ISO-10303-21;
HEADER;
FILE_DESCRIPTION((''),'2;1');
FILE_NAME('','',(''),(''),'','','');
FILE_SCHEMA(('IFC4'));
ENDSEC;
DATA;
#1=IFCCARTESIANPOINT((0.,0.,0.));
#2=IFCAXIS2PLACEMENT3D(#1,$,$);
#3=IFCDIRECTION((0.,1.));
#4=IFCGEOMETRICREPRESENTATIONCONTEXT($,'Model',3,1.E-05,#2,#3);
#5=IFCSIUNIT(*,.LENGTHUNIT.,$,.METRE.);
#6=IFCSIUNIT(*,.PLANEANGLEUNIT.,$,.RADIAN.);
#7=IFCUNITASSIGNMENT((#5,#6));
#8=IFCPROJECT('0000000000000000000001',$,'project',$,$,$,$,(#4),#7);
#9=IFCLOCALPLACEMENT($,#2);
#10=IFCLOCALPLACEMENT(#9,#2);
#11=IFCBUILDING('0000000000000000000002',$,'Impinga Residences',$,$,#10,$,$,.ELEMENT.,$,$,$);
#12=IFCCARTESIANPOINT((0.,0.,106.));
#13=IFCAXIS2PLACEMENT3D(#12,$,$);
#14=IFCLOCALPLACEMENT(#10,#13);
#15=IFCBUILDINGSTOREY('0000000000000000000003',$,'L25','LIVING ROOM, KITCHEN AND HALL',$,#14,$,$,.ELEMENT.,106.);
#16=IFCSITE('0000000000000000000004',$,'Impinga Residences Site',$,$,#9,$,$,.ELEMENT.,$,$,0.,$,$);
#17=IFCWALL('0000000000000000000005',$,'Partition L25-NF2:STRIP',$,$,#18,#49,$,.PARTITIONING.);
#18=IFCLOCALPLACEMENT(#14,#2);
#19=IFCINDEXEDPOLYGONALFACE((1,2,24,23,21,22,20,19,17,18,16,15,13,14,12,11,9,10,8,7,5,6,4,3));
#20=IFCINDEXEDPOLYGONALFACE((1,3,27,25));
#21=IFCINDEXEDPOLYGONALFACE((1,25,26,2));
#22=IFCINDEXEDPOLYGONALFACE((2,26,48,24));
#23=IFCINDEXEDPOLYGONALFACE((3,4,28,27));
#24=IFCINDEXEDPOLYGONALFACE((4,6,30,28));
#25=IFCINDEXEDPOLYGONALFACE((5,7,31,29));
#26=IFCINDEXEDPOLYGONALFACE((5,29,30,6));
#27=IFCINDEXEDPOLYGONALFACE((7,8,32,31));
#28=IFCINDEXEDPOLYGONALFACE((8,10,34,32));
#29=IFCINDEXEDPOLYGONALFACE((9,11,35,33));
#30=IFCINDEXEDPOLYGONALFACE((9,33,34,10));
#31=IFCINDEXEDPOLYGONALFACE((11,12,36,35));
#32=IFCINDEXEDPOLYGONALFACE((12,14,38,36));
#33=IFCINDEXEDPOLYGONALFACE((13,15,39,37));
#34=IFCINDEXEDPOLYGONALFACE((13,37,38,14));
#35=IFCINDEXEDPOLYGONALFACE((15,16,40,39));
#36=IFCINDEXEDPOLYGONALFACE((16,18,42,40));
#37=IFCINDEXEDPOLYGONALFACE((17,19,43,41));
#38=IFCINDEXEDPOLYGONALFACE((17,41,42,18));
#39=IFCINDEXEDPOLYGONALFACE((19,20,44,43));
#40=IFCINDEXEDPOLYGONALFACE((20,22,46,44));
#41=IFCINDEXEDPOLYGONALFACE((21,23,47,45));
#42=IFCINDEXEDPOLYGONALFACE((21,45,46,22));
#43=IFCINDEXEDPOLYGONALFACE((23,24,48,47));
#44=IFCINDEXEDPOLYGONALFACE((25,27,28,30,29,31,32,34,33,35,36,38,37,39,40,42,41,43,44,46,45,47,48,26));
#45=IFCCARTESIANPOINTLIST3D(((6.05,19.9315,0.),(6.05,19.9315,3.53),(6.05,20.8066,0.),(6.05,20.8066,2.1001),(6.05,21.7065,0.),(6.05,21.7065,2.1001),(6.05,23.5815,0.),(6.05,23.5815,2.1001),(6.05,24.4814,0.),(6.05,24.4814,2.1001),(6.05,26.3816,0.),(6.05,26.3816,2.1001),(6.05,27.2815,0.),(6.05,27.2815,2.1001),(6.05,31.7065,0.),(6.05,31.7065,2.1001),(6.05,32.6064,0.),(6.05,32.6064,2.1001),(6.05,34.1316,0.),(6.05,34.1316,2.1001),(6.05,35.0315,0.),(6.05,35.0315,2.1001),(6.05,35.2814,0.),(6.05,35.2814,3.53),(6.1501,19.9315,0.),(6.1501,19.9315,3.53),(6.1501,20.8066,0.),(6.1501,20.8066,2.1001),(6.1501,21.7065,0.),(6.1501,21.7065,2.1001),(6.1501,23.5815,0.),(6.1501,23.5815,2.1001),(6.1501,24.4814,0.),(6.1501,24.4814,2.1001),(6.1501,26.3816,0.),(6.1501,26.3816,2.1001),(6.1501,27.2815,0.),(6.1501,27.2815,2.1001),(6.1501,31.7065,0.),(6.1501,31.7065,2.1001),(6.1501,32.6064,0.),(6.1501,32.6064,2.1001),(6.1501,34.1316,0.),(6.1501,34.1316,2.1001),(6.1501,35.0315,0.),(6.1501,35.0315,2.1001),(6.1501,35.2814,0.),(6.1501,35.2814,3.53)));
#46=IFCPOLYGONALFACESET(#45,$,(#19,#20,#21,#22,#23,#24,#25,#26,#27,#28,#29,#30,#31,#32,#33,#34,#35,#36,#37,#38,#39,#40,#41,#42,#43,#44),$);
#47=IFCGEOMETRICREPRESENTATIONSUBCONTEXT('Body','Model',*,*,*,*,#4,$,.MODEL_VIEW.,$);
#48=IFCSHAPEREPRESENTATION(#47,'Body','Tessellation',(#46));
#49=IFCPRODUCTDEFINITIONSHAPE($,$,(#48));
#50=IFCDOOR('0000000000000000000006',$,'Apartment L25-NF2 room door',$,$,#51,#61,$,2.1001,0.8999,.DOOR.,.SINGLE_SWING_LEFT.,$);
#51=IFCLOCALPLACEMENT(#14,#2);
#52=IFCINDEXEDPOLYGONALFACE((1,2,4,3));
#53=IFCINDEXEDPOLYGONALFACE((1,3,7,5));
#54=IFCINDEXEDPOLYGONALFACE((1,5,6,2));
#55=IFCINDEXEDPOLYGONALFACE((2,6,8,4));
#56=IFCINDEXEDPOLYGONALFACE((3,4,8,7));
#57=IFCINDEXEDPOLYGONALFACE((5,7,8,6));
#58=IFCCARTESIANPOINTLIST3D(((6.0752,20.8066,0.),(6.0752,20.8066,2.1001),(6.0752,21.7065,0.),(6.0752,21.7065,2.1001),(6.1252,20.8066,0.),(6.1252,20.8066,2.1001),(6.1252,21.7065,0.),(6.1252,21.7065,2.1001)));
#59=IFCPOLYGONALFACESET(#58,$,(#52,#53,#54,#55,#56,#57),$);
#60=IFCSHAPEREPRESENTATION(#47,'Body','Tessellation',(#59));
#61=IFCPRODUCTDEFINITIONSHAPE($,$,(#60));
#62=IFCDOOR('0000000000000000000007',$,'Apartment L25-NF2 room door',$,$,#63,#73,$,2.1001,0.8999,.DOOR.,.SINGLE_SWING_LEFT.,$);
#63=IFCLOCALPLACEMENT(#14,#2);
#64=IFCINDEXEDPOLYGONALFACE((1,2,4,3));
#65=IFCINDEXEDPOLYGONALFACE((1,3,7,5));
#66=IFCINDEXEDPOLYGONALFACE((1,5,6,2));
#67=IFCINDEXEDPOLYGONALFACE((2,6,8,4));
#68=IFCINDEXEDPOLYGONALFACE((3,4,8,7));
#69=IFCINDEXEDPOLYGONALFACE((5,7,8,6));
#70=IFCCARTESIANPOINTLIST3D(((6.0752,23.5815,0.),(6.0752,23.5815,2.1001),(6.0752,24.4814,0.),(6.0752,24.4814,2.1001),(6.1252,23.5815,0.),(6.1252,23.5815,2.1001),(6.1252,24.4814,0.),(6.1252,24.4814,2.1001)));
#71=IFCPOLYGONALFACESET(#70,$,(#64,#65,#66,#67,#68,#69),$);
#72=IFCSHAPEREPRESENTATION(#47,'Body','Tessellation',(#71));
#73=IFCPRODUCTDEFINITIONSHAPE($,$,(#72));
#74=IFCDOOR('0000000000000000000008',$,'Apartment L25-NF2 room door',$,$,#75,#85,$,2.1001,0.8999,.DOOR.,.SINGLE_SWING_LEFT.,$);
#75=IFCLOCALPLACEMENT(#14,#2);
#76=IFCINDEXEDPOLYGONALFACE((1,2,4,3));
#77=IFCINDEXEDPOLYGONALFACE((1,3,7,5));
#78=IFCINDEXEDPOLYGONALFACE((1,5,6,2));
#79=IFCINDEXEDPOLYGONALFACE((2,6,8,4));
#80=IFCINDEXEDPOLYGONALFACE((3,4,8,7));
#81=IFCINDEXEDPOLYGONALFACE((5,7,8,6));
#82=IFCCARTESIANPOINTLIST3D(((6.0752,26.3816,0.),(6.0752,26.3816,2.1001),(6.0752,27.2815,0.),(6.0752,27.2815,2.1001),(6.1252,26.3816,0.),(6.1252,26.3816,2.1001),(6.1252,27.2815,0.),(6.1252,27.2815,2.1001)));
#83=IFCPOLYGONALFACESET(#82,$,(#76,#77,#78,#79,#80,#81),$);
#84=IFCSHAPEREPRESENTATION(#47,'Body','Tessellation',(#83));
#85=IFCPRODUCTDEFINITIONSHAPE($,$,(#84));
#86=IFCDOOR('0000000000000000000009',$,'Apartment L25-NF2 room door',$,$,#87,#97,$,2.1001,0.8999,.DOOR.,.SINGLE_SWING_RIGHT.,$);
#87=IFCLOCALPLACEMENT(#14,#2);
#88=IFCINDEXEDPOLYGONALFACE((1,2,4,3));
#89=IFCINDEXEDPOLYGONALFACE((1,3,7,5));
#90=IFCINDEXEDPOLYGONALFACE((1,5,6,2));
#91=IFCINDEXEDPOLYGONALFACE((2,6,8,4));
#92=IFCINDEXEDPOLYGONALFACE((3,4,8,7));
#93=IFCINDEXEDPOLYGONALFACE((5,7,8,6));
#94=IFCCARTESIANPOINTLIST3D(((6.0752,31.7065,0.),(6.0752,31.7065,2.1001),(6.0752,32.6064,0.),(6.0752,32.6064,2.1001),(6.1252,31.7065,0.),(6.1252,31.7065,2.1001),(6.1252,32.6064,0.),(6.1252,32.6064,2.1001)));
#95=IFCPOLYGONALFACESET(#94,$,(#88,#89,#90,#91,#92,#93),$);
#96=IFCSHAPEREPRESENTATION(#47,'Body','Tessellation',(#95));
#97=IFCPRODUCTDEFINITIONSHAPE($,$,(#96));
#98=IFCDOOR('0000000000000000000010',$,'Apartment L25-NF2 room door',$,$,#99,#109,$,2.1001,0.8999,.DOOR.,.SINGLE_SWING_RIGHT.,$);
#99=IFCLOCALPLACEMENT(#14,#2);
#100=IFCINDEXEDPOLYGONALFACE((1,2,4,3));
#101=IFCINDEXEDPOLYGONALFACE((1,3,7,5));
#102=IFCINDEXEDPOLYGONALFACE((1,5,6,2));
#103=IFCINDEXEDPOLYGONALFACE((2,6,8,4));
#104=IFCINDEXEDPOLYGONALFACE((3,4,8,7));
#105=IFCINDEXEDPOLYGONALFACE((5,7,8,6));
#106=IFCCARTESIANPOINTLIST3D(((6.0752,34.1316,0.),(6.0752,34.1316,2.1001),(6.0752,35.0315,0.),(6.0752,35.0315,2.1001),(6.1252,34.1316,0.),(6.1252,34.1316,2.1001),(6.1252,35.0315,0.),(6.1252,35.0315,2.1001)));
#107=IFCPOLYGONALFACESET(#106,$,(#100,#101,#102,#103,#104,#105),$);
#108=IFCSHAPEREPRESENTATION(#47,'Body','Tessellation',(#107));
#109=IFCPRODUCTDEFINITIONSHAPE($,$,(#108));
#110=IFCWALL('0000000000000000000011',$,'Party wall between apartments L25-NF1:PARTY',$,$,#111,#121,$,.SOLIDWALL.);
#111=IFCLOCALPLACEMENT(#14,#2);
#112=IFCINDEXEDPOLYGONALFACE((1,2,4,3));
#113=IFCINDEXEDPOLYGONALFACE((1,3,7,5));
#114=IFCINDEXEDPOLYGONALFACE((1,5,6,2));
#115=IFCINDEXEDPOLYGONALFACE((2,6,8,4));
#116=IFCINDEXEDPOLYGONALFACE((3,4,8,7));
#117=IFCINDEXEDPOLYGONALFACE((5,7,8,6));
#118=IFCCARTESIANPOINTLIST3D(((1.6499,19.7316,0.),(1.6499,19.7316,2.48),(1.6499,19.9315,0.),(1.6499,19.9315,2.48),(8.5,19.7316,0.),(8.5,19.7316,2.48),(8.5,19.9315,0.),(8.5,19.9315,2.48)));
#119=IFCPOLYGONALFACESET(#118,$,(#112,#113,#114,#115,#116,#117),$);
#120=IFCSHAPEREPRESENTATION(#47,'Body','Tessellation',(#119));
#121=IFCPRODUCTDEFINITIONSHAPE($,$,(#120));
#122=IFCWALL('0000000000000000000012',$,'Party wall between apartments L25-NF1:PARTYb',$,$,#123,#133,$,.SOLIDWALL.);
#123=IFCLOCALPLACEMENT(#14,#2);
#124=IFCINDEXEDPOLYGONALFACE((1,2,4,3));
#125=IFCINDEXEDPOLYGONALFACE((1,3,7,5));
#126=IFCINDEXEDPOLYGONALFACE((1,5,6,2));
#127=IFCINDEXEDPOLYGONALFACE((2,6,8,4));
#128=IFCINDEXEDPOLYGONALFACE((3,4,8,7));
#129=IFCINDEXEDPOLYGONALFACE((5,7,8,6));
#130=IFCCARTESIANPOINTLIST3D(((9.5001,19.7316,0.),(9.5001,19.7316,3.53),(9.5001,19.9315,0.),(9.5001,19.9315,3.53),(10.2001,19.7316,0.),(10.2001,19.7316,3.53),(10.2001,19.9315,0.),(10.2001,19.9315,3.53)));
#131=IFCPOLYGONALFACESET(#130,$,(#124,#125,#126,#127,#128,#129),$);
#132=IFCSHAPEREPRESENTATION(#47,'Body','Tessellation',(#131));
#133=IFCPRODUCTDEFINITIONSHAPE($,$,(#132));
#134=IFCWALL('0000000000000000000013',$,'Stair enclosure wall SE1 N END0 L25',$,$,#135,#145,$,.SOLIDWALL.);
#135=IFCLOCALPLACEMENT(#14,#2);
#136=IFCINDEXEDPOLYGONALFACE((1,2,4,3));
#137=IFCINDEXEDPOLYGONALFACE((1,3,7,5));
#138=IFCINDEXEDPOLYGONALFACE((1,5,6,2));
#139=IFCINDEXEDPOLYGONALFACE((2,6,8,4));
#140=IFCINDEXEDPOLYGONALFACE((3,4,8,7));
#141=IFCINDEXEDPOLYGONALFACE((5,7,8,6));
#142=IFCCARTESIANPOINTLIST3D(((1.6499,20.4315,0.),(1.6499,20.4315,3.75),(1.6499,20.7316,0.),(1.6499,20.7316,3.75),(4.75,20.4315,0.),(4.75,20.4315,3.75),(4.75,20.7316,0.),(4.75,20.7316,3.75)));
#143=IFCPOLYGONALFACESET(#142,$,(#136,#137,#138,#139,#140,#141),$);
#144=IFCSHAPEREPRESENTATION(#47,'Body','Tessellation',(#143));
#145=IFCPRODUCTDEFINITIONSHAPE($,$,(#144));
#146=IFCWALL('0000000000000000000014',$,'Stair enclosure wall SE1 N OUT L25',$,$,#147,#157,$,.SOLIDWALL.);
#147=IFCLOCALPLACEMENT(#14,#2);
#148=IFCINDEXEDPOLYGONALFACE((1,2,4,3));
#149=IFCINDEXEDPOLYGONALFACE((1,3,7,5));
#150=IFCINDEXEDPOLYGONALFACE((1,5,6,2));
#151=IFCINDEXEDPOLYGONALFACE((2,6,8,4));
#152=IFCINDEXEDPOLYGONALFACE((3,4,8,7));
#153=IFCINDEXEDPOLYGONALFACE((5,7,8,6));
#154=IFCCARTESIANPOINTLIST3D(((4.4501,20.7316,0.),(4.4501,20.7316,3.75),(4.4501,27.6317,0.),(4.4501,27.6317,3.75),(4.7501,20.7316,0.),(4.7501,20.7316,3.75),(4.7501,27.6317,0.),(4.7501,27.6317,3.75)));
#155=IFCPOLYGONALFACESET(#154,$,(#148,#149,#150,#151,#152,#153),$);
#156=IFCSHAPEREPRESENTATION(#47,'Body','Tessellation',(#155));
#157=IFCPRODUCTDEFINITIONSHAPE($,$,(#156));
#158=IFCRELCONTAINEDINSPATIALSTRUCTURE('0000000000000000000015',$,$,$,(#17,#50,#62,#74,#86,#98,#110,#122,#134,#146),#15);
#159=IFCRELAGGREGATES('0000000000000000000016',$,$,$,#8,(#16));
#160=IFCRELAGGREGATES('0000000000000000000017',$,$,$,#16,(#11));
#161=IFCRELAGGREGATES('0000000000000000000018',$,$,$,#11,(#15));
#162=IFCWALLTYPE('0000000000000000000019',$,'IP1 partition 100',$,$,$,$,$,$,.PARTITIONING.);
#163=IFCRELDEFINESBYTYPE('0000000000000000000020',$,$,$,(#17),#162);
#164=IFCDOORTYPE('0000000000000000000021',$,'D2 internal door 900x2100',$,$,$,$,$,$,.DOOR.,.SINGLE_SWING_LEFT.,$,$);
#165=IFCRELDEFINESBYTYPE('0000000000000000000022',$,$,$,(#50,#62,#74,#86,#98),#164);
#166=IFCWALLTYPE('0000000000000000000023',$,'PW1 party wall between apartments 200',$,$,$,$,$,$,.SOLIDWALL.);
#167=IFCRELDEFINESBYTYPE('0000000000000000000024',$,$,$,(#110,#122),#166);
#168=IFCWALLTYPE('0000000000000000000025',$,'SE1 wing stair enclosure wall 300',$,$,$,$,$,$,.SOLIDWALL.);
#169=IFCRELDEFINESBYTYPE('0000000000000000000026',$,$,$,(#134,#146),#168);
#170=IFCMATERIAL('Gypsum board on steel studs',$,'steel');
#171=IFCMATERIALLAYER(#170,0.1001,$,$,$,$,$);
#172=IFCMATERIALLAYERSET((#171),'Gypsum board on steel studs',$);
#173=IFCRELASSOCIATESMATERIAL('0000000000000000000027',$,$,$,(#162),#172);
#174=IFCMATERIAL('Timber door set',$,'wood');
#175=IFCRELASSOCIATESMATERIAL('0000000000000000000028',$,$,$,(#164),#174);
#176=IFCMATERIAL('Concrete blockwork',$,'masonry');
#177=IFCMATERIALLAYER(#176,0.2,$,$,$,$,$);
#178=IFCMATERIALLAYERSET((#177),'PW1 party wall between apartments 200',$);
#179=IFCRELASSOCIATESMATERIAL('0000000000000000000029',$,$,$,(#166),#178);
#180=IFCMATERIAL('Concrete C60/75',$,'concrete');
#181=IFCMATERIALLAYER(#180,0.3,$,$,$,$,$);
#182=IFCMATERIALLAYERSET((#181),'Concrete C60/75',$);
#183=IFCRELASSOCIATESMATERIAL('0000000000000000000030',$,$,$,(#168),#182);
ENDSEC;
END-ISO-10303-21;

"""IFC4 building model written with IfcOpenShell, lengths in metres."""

from ifc_helpers import new_model, si_unit, direction, frame, frame_2d, origin, place, context, subcontext, project, spatial, rectangle, extrude, material, layer, layer_set, type_object, element, fill, save


model = new_model("IFC4")

# Units and contexts
model_context = context("Model", 3, precision=1e-05, world=origin(), true_north=direction((0.0, 1.0)))
body_context = subcontext(model_context, "Body", "Model", "MODEL_VIEW")
ifc_project = project(units=[si_unit("LENGTHUNIT", "METRE"), si_unit("PLANEANGLEUNIT", "RADIAN")], contexts=[model_context])

# Site, building, storey
site_placement = place(None, origin())
site = spatial("IfcSite", under=ifc_project, at=site_placement, Name="Impinga Residences Site", CompositionType="ELEMENT", RefElevation=0.0)
building_placement = place(site_placement, origin())
building = spatial("IfcBuilding", under=site, at=building_placement, Name="Impinga Residences", CompositionType="ELEMENT")
storey_placement = place(building_placement, frame((0.0, 0.0, 106.0)))
storey = spatial("IfcBuildingStorey", under=building, at=storey_placement, Name="L25", Description="LIVING ROOM, KITCHEN AND HALL", CompositionType="ELEMENT", Elevation=106.0)

# Shared definitions
ifc_material_1 = material(Name="Concrete C60/75", Category="concrete")

# Shared definitions
ifc_material_2 = material(Name="Gypsum board on steel studs", Category="steel")
ifc_layer_1 = layer(ifc_material_2, 0.1001)
ifc_layer_set_1 = layer_set([ifc_layer_1], Name="Gypsum board on steel studs")
wall_type_1 = type_object("IfcWallType", Name="IP1 partition 100", PredefinedType="PARTITIONING", material=ifc_layer_set_1)

# Wall, openings, doors
wall_1_placement = place(storey_placement, frame((6.1001, 19.9316, 0.0), z_axis=(0.0, 0.0, 1.0), x_axis=(0.0, 1.0, 0.0)))
wall_1 = element("IfcWall", 1, at=wall_1_placement, inside=storey, type_object=wall_type_1, Name="Partition L25-NF2:STRIP", PredefinedType="PARTITIONING", context=body_context, shape_type="SweptSolid", body=[
    extrude(rectangle(XDim=15.3499, YDim=0.1001, at=frame_2d((7.6748, 0.0))), origin(), (0.0, 0.0, 1.0), 3.53),
])
opening_1_placement = place(wall_1_placement, frame((0.875, 0.0, 0.0)))
opening_1 = element("IfcOpeningElement", 2, at=opening_1_placement, cuts=wall_1, PredefinedType="OPENING", context=body_context, shape_type="SweptSolid", body=[
    extrude(rectangle(XDim=0.8999, YDim=2.1001, at=frame_2d((0.45, 1.05))), frame((0.0, 0.0601, 0.0), z_axis=(0.0, -1.0, 0.0), x_axis=(1.0, 0.0, 0.0)), (0.0, 0.0, 1.0), 0.1201),
])
opening_2_placement = place(wall_1_placement, frame((3.6499, 0.0, 0.0)))
opening_2 = element("IfcOpeningElement", 3, at=opening_2_placement, cuts=wall_1, PredefinedType="OPENING", context=body_context, shape_type="SweptSolid", body=[
    extrude(rectangle(XDim=0.8999, YDim=2.1001, at=frame_2d((0.45, 1.05))), frame((0.0, 0.0601, 0.0), z_axis=(0.0, -1.0, 0.0), x_axis=(1.0, 0.0, 0.0)), (0.0, 0.0, 1.0), 0.1201),
])
opening_3_placement = place(wall_1_placement, frame((6.45, 0.0, 0.0)))
opening_3 = element("IfcOpeningElement", 4, at=opening_3_placement, cuts=wall_1, PredefinedType="OPENING", context=body_context, shape_type="SweptSolid", body=[
    extrude(rectangle(XDim=0.8999, YDim=2.1001, at=frame_2d((0.45, 1.05))), frame((0.0, 0.0601, 0.0), z_axis=(0.0, -1.0, 0.0), x_axis=(1.0, 0.0, 0.0)), (0.0, 0.0, 1.0), 0.1201),
])
opening_4_placement = place(wall_1_placement, frame((11.7749, 0.0, 0.0)))
opening_4 = element("IfcOpeningElement", 5, at=opening_4_placement, cuts=wall_1, PredefinedType="OPENING", context=body_context, shape_type="SweptSolid", body=[
    extrude(rectangle(XDim=0.8999, YDim=2.1001, at=frame_2d((0.45, 1.05))), frame((0.0, 0.0601, 0.0), z_axis=(0.0, -1.0, 0.0), x_axis=(1.0, 0.0, 0.0)), (0.0, 0.0, 1.0), 0.1201),
])
opening_5_placement = place(wall_1_placement, frame((14.2, 0.0, 0.0)))
opening_5 = element("IfcOpeningElement", 6, at=opening_5_placement, cuts=wall_1, PredefinedType="OPENING", context=body_context, shape_type="SweptSolid", body=[
    extrude(rectangle(XDim=0.8999, YDim=2.1001, at=frame_2d((0.45, 1.05))), frame((0.0, 0.0601, 0.0), z_axis=(0.0, -1.0, 0.0), x_axis=(1.0, 0.0, 0.0)), (0.0, 0.0, 1.0), 0.1201),
])
ifc_material_3 = material(Name="Timber door set", Category="wood")
door_type = type_object("IfcDoorType", Name="D2 internal door 900x2100", OperationType="SINGLE_SWING_LEFT", PredefinedType="DOOR", material=ifc_material_3)
door_1_placement = place(opening_1_placement, origin())
door_1 = element("IfcDoor", 7, at=door_1_placement, inside=storey, type_object=door_type, Name="Apartment L25-NF2 room door", OperationType="SINGLE_SWING_LEFT", OverallHeight=2.1001, OverallWidth=0.8999, PredefinedType="DOOR", context=body_context, shape_type="SweptSolid", body=[
    extrude(rectangle(XDim=0.8999, YDim=2.1001, at=frame_2d((0.45, 1.05))), frame((0.0, 0.0249, 0.0), z_axis=(0.0, -1.0, 0.0), x_axis=(1.0, 0.0, 0.0)), (0.0, 0.0, 1.0), 0.05),
])
fill(opening_1, door_1)
door_2_placement = place(opening_2_placement, origin())
door_2 = element("IfcDoor", 8, at=door_2_placement, inside=storey, type_object=door_type, Name="Apartment L25-NF2 room door", OperationType="SINGLE_SWING_LEFT", OverallHeight=2.1001, OverallWidth=0.8999, PredefinedType="DOOR", context=body_context, shape_type="SweptSolid", body=[
    extrude(rectangle(XDim=0.8999, YDim=2.1001, at=frame_2d((0.45, 1.05))), frame((0.0, 0.0249, 0.0), z_axis=(0.0, -1.0, 0.0), x_axis=(1.0, 0.0, 0.0)), (0.0, 0.0, 1.0), 0.05),
])
fill(opening_2, door_2)
door_3_placement = place(opening_3_placement, origin())
door_3 = element("IfcDoor", 9, at=door_3_placement, inside=storey, type_object=door_type, Name="Apartment L25-NF2 room door", OperationType="SINGLE_SWING_LEFT", OverallHeight=2.1001, OverallWidth=0.8999, PredefinedType="DOOR", context=body_context, shape_type="SweptSolid", body=[
    extrude(rectangle(XDim=0.8999, YDim=2.1001, at=frame_2d((0.45, 1.05))), frame((0.0, 0.0249, 0.0), z_axis=(0.0, -1.0, 0.0), x_axis=(1.0, 0.0, 0.0)), (0.0, 0.0, 1.0), 0.05),
])
fill(opening_3, door_3)
door_4_placement = place(opening_4_placement, origin())
door_4 = element("IfcDoor", 10, at=door_4_placement, inside=storey, type_object=door_type, Name="Apartment L25-NF2 room door", OperationType="SINGLE_SWING_RIGHT", OverallHeight=2.1001, OverallWidth=0.8999, PredefinedType="DOOR", context=body_context, shape_type="SweptSolid", body=[
    extrude(rectangle(XDim=0.8999, YDim=2.1001, at=frame_2d((0.45, 1.05))), frame((0.0, 0.0249, 0.0), z_axis=(0.0, -1.0, 0.0), x_axis=(1.0, 0.0, 0.0)), (0.0, 0.0, 1.0), 0.05),
])
fill(opening_4, door_4)
door_5_placement = place(opening_5_placement, origin())
door_5 = element("IfcDoor", 11, at=door_5_placement, inside=storey, type_object=door_type, Name="Apartment L25-NF2 room door", OperationType="SINGLE_SWING_RIGHT", OverallHeight=2.1001, OverallWidth=0.8999, PredefinedType="DOOR", context=body_context, shape_type="SweptSolid", body=[
    extrude(rectangle(XDim=0.8999, YDim=2.1001, at=frame_2d((0.45, 1.05))), frame((0.0, 0.0249, 0.0), z_axis=(0.0, -1.0, 0.0), x_axis=(1.0, 0.0, 0.0)), (0.0, 0.0, 1.0), 0.05),
])
fill(opening_5, door_5)

# Walls
ifc_material_4 = material(Name="Concrete blockwork", Category="masonry")
ifc_layer_2 = layer(ifc_material_4, 0.2)
ifc_layer_set_2 = layer_set([ifc_layer_2], Name="PW1 party wall between apartments 200")
wall_type_2 = type_object("IfcWallType", Name="PW1 party wall between apartments 200", PredefinedType="SOLIDWALL", material=ifc_layer_set_2)
wall_2_placement = place(storey_placement, frame((1.6499, 19.8315, 0.0), z_axis=(0.0, 0.0, 1.0), x_axis=(1.0, 0.0, 0.0)))
element("IfcWall", 12, at=wall_2_placement, inside=storey, type_object=wall_type_2, Name="Party wall between apartments L25-NF1:PARTY", PredefinedType="SOLIDWALL", context=body_context, shape_type="SweptSolid", body=[
    extrude(rectangle(XDim=6.8501, YDim=0.2, at=frame_2d((3.425, 0.0))), origin(), (0.0, 0.0, 1.0), 2.48),
])
wall_3_placement = place(storey_placement, frame((9.5, 19.8315, 0.0), z_axis=(0.0, 0.0, 1.0), x_axis=(1.0, 0.0, 0.0)))
element("IfcWall", 13, at=wall_3_placement, inside=storey, type_object=wall_type_2, Name="Party wall between apartments L25-NF1:PARTYb", PredefinedType="SOLIDWALL", context=body_context, shape_type="SweptSolid", body=[
    extrude(rectangle(XDim=0.7, YDim=0.2, at=frame_2d((0.3501, 0.0))), origin(), (0.0, 0.0, 1.0), 3.53),
])
ifc_layer_3 = layer(ifc_material_1, 0.3)
ifc_layer_set_3 = layer_set([ifc_layer_3], Name="Concrete C60/75")
wall_type_3 = type_object("IfcWallType", Name="SE1 wing stair enclosure wall 300", PredefinedType="SOLIDWALL", material=ifc_layer_set_3)
wall_4_placement = place(storey_placement, frame((1.6499, 20.5815, 0.0), z_axis=(0.0, 0.0, 1.0), x_axis=(1.0, 0.0, 0.0)))
element("IfcWall", 14, at=wall_4_placement, inside=storey, type_object=wall_type_3, Name="Stair enclosure wall SE1 N END0 L25", PredefinedType="SOLIDWALL", context=body_context, shape_type="SweptSolid", body=[
    extrude(rectangle(XDim=3.1001, YDim=0.3, at=frame_2d((1.55, 0.0))), origin(), (0.0, 0.0, 1.0), 3.75),
])
wall_5_placement = place(storey_placement, frame((4.6001, 20.7314, 0.0), z_axis=(0.0, 0.0, 1.0), x_axis=(0.0, 1.0, 0.0)))
element("IfcWall", 15, at=wall_5_placement, inside=storey, type_object=wall_type_3, Name="Stair enclosure wall SE1 N OUT L25", PredefinedType="SOLIDWALL", context=body_context, shape_type="SweptSolid", body=[
    extrude(rectangle(XDim=6.9001, YDim=0.3, at=frame_2d((3.4502, 0.0))), origin(), (0.0, 0.0, 1.0), 3.75),
])

save(model, "model.ifc")
